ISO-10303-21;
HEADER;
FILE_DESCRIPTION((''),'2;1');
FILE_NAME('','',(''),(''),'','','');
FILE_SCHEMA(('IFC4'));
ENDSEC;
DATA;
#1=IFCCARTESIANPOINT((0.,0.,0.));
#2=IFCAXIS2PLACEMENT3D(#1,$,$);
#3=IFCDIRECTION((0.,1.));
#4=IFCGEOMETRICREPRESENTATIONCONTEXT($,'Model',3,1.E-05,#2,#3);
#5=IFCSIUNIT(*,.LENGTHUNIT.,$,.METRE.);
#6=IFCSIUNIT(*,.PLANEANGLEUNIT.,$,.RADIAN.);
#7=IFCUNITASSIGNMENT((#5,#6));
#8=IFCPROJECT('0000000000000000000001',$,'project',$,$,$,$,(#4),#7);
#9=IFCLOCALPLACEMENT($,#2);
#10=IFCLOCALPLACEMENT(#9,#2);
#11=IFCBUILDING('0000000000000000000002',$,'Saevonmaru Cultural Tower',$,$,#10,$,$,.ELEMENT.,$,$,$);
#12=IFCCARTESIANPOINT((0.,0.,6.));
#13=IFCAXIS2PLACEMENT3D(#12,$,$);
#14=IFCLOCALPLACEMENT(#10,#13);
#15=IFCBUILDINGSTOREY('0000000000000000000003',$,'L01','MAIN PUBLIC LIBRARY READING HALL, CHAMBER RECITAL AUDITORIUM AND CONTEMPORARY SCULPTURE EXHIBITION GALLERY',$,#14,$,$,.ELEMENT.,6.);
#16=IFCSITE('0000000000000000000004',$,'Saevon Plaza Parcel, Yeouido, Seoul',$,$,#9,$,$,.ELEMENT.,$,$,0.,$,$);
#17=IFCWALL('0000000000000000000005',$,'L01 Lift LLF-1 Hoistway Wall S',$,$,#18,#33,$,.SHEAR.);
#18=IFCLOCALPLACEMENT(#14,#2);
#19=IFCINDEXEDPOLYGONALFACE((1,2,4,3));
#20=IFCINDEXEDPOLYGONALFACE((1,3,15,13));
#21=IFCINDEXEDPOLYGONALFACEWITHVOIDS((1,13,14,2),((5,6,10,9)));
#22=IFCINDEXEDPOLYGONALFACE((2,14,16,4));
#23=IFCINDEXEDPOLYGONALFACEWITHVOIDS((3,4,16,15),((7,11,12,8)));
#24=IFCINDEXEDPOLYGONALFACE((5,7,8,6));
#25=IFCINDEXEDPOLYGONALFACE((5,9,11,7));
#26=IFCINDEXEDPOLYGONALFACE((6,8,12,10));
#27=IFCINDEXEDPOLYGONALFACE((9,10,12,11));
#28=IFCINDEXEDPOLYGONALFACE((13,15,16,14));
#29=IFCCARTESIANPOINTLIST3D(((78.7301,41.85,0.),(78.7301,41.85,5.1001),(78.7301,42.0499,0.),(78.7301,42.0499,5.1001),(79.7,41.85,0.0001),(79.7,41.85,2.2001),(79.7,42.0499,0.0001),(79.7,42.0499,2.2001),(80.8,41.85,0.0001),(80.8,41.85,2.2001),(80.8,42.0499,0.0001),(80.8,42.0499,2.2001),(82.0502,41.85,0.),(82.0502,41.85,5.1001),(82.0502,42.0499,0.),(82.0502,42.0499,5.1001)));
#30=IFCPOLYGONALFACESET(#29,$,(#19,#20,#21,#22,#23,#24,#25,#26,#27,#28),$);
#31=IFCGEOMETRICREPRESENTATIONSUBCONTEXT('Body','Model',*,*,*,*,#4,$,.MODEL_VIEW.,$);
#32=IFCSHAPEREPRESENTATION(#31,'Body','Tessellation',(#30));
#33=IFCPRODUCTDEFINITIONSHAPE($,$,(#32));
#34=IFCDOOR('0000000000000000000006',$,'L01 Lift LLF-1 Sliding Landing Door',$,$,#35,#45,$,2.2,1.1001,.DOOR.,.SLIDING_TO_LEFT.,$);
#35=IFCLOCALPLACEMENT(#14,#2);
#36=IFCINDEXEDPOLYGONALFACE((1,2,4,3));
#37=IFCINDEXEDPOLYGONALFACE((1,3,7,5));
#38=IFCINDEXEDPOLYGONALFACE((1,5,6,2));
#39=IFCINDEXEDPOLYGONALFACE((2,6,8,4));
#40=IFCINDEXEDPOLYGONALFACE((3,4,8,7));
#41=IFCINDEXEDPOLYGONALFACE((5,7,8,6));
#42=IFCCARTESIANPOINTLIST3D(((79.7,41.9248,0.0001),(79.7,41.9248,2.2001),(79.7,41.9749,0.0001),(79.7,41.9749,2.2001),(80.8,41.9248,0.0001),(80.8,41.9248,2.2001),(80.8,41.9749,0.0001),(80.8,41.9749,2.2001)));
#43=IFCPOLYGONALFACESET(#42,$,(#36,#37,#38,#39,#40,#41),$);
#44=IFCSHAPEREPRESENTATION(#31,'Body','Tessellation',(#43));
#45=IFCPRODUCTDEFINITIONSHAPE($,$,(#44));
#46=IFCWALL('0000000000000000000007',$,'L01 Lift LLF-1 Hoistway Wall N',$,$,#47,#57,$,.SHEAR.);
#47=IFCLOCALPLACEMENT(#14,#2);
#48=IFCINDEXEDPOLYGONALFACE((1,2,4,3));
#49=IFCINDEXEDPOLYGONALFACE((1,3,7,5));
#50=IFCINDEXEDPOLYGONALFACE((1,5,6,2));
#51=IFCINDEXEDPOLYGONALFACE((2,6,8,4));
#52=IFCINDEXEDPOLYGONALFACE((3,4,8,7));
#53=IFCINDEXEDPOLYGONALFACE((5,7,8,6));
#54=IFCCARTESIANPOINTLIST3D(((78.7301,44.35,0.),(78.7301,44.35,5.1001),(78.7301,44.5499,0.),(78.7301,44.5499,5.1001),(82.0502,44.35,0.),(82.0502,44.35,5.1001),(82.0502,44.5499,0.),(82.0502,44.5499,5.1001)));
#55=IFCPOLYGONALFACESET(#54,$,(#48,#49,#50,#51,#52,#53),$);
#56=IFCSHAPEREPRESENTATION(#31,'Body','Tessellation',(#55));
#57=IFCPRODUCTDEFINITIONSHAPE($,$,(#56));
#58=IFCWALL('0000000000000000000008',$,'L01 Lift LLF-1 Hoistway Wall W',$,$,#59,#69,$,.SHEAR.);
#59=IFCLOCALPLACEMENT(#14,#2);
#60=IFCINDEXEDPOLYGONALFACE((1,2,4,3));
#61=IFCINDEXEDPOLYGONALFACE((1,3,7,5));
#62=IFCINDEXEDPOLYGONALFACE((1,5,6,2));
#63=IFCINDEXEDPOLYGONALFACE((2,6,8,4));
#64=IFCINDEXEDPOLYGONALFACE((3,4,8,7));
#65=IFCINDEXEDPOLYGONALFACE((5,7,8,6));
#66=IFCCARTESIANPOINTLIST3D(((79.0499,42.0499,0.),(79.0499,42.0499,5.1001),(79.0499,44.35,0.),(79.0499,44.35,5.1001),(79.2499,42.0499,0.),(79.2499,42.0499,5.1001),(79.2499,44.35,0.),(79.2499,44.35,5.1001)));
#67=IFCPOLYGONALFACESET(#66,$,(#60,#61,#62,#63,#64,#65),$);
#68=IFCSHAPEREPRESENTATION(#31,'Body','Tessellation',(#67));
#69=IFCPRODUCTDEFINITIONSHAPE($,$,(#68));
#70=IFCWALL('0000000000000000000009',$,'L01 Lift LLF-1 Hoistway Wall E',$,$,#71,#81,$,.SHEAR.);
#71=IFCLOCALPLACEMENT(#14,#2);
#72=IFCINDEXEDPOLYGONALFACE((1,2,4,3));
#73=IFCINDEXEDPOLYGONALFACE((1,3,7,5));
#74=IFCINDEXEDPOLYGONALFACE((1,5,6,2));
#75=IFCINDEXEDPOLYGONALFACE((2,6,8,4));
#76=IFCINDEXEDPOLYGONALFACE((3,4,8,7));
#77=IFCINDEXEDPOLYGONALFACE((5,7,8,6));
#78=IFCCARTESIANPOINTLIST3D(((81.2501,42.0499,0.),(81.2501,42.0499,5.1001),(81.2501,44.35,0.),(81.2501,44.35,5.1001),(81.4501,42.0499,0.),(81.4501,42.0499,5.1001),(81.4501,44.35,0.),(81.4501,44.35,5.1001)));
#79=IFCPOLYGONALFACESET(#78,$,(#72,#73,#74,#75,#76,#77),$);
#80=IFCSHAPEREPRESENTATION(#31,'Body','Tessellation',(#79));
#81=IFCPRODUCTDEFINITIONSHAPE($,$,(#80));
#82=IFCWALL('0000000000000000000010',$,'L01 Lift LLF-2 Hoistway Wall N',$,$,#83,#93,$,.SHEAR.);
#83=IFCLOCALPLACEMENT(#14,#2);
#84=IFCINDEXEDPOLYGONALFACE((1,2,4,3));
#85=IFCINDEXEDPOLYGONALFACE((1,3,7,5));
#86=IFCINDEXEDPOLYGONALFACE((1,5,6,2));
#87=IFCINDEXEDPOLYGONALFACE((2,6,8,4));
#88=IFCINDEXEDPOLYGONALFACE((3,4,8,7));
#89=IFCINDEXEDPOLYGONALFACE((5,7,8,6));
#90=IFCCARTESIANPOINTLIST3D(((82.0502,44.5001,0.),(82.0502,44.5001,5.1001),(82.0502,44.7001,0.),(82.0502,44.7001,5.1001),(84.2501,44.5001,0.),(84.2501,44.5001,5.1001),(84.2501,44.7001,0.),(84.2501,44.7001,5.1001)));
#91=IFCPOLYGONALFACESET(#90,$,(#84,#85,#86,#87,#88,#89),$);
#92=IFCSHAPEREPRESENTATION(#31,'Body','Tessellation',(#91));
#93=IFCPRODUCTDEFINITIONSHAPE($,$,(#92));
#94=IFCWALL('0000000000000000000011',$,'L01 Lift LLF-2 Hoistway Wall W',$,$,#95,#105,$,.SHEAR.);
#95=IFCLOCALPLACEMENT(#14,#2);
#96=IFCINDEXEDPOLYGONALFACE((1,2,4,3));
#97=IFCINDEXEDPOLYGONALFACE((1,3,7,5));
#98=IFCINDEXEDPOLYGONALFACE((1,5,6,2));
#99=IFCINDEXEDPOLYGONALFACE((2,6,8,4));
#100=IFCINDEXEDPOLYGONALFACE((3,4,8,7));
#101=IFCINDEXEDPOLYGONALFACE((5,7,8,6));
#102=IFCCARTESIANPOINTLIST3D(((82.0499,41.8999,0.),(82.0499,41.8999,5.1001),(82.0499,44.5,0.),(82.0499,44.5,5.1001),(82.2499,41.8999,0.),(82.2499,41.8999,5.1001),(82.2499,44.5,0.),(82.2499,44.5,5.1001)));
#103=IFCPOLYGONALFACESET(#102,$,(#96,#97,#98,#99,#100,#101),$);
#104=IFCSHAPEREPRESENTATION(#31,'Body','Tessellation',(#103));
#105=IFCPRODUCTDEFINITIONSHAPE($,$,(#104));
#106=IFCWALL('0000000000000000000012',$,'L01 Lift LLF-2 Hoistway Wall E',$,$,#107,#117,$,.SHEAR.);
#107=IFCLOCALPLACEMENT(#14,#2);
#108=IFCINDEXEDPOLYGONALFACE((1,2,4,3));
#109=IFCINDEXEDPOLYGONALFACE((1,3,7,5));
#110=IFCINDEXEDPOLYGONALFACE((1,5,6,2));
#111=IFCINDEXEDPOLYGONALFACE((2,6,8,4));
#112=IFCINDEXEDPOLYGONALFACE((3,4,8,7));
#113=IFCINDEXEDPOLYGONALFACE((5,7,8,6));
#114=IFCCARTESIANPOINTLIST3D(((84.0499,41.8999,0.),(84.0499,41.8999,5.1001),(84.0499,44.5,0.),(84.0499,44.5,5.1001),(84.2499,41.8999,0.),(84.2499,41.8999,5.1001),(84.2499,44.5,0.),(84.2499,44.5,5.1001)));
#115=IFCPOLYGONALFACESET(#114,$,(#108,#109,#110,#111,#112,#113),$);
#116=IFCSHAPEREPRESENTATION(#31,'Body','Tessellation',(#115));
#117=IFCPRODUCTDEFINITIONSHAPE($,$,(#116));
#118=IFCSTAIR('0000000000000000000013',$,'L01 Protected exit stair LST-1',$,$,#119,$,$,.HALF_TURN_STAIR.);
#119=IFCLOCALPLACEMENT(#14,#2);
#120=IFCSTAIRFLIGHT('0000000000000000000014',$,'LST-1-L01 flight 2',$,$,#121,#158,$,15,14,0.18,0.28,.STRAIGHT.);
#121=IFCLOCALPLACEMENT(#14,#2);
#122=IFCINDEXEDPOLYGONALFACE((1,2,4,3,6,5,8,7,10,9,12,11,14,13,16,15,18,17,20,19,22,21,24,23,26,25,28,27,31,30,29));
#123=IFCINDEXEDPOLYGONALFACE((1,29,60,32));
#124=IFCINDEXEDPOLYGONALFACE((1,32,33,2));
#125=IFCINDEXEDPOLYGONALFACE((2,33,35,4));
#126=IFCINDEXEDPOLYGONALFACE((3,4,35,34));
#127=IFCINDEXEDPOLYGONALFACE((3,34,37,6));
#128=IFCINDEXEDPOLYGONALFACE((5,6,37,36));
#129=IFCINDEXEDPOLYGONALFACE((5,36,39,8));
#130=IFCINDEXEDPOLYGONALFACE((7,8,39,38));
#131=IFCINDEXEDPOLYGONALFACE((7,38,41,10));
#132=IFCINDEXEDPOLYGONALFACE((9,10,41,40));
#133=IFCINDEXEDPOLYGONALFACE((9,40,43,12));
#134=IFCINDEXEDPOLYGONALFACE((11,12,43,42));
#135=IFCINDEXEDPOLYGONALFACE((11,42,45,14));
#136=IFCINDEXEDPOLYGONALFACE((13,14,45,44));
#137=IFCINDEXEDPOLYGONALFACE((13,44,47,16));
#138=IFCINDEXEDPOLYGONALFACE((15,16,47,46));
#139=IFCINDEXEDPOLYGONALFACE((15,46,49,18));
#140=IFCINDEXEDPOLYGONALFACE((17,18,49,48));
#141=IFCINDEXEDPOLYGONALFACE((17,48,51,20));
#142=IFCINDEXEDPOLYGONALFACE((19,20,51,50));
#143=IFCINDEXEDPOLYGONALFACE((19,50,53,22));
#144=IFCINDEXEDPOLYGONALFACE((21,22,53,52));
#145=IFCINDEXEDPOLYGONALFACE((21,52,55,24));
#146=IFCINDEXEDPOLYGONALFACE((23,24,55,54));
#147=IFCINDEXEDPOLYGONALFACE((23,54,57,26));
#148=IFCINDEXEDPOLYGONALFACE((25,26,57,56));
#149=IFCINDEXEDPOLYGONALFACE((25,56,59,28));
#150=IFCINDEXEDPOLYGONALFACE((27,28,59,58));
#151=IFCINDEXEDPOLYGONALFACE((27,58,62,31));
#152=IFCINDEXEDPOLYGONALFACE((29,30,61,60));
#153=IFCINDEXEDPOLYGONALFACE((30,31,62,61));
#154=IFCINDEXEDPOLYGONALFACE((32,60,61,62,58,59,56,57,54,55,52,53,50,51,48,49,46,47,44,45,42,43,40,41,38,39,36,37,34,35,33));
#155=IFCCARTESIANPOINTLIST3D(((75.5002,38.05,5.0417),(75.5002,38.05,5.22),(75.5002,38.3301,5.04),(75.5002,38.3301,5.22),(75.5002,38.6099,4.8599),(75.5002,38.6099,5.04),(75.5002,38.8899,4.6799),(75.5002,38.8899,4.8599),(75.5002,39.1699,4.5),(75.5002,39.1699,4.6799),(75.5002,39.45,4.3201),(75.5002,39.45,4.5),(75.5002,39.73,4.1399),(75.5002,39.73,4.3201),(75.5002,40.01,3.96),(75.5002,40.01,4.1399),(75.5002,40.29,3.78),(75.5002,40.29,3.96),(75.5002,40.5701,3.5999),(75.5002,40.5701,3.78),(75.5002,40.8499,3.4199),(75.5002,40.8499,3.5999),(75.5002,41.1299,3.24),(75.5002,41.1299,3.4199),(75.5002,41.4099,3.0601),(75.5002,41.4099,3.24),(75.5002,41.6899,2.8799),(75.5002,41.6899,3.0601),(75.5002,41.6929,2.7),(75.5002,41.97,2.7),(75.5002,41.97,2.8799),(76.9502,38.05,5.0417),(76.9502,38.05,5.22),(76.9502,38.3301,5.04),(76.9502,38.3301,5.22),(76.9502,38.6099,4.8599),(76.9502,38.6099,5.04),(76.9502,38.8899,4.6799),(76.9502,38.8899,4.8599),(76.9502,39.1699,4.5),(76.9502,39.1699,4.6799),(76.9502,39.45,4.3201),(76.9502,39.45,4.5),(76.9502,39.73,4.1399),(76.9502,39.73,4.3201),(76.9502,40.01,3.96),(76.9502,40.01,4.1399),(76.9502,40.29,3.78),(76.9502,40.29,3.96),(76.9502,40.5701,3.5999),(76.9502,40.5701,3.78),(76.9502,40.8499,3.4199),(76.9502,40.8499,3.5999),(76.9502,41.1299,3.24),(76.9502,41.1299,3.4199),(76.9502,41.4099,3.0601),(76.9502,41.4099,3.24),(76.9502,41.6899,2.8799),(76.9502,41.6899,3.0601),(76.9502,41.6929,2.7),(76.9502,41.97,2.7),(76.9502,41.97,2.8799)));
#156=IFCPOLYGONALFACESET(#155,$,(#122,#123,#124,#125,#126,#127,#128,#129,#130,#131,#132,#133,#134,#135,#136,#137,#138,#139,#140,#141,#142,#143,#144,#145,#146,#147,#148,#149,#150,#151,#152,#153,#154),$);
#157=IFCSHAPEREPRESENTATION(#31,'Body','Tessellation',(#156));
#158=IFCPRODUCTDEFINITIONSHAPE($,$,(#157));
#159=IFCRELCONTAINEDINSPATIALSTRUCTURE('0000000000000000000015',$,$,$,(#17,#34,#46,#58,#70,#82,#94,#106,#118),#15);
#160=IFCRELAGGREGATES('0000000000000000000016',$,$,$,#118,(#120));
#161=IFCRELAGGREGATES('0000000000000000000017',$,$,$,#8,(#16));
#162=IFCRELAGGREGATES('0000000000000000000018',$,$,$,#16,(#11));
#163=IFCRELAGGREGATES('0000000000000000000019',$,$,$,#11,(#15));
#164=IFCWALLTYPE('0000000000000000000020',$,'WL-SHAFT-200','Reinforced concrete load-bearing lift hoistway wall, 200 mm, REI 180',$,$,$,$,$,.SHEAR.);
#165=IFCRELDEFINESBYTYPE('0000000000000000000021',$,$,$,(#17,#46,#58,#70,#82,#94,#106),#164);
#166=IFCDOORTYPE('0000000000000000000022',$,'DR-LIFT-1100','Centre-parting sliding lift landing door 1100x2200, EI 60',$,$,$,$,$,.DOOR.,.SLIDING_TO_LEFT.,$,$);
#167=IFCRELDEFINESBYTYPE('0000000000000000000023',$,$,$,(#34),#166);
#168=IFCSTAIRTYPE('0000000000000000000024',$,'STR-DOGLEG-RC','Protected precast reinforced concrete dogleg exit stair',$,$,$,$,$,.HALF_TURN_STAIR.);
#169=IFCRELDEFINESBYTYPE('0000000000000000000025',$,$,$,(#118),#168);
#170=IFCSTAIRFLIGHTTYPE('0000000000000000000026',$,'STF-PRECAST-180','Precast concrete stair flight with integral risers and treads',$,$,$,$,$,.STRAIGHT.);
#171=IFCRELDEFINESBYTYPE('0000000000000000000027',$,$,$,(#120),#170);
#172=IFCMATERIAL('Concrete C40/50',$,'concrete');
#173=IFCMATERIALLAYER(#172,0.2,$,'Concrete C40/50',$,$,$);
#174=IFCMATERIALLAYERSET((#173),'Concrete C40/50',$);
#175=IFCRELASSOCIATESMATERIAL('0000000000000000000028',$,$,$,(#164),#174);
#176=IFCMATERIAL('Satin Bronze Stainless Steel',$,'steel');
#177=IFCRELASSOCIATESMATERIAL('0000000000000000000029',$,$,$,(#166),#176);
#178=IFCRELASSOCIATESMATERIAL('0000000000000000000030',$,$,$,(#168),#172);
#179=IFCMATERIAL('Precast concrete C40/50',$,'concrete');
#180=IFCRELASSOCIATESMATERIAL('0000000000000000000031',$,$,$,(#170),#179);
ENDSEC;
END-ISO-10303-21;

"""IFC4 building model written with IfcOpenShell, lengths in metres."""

from ifc_helpers import new_model, si_unit, direction, frame, frame_2d, origin, place, context, subcontext, project, spatial, polyline, rectangle, outline, extrude, material, layer, layer_set, type_object, element, fill, aggregate, save


model = new_model("IFC4")

# Units and contexts
model_context = context("Model", 3, precision=1e-05, world=origin(), true_north=direction((0.0, 1.0)))
body_context = subcontext(model_context, "Body", "Model", "MODEL_VIEW")
ifc_project = project(units=[si_unit("LENGTHUNIT", "METRE"), si_unit("PLANEANGLEUNIT", "RADIAN")], contexts=[model_context])

# Site, building, storey
site_placement = place(None, origin())
site = spatial("IfcSite", under=ifc_project, at=site_placement, Name="Saevon Plaza Parcel, Yeouido, Seoul", CompositionType="ELEMENT", RefElevation=0.0)
building_placement = place(site_placement, origin())
building = spatial("IfcBuilding", under=site, at=building_placement, Name="Saevonmaru Cultural Tower", CompositionType="ELEMENT")
storey_placement = place(building_placement, frame((0.0, 0.0, 6.0)))
storey = spatial("IfcBuildingStorey", under=building, at=storey_placement, Name="L01", Description="MAIN PUBLIC LIBRARY READING HALL, CHAMBER RECITAL AUDITORIUM AND CONTEMPORARY SCULPTURE EXHIBITION GALLERY", CompositionType="ELEMENT", Elevation=6.0)

# Wall, opening, door
ifc_material_1 = material(Name="Concrete C40/50", Category="concrete")
ifc_layer_1 = layer(ifc_material_1, 0.2, Name="Concrete C40/50")
ifc_layer_set_1 = layer_set([ifc_layer_1], Name="Concrete C40/50")
wall_type_1 = type_object("IfcWallType", Name="WL-SHAFT-200", Description="Reinforced concrete load-bearing lift hoistway wall, 200 mm, REI 180", PredefinedType="SHEAR", material=ifc_layer_set_1)
wall_1_placement = place(storey_placement, frame((78.73, 41.95, 0.0), z_axis=(0.0, 0.0, 1.0), x_axis=(1.0, 0.0, 0.0)))
wall_1 = element("IfcWall", 1, at=wall_1_placement, inside=storey, type_object=wall_type_1, Name="L01 Lift LLF-1 Hoistway Wall S", PredefinedType="SHEAR", context=body_context, shape_type="SweptSolid", body=[
    extrude(rectangle(XDim=3.3201, YDim=0.2, at=frame_2d((1.6602, 0.0))), origin(), (0.0, 0.0, 1.0), 5.1001),
])
opening_placement = place(wall_1_placement, frame((0.97, 0.0, 0.0)))
opening = element("IfcOpeningElement", 2, at=opening_placement, cuts=wall_1, PredefinedType="OPENING", context=body_context, shape_type="SweptSolid", body=[
    extrude(rectangle(XDim=1.1001, YDim=2.2, at=frame_2d((0.55, 1.1001))), frame((0.0, 0.1099, 0.0), z_axis=(0.0, -1.0, 0.0), x_axis=(1.0, 0.0, 0.0)), (0.0, 0.0, 1.0), 0.22),
])
ifc_material_2 = material(Name="Satin Bronze Stainless Steel", Category="steel")
door_type = type_object("IfcDoorType", Name="DR-LIFT-1100", Description="Centre-parting sliding lift landing door 1100x2200, EI 60", OperationType="SLIDING_TO_LEFT", PredefinedType="DOOR", material=ifc_material_2)
door_placement = place(opening_placement, origin())
door = element("IfcDoor", 3, at=door_placement, inside=storey, type_object=door_type, Name="L01 Lift LLF-1 Sliding Landing Door", OperationType="SLIDING_TO_LEFT", OverallHeight=2.2, OverallWidth=1.1001, PredefinedType="DOOR", context=body_context, shape_type="SweptSolid", body=[
    extrude(rectangle(XDim=1.1001, YDim=2.2, at=frame_2d((0.55, 1.1001))), frame((0.0, 0.0249, 0.0), z_axis=(0.0, -1.0, 0.0), x_axis=(1.0, 0.0, 0.0)), (0.0, 0.0, 1.0), 0.05),
])
fill(opening, door)

# Walls
wall_2_placement = place(storey_placement, frame((78.73, 44.45, 0.0), z_axis=(0.0, 0.0, 1.0), x_axis=(1.0, 0.0, 0.0)))
element("IfcWall", 4, at=wall_2_placement, inside=storey, type_object=wall_type_1, Name="L01 Lift LLF-1 Hoistway Wall N", PredefinedType="SHEAR", context=body_context, shape_type="SweptSolid", body=[
    extrude(rectangle(XDim=3.3201, YDim=0.2, at=frame_2d((1.6602, 0.0))), origin(), (0.0, 0.0, 1.0), 5.1001),
])
for number, where, z_axis, x_axis, name in (
    (5, (79.1499, 42.05, 0.0), (0.0, 0.0, 1.0), (0.0, 1.0, 0.0), "L01 Lift LLF-1 Hoistway Wall W"),
    (6, (81.3501, 42.05, 0.0), (0.0, 0.0, 1.0), (0.0, 1.0, 0.0), "L01 Lift LLF-1 Hoistway Wall E"),
):
    element("IfcWall", number, at=place(storey_placement, frame(where, z_axis=z_axis, x_axis=x_axis)), inside=storey, type_object=wall_type_1, Name=name, PredefinedType="SHEAR", context=body_context, shape_type="SweptSolid", body=[
        extrude(rectangle(XDim=2.3, YDim=0.2, at=frame_2d((1.1499, 0.0))), origin(), (0.0, 0.0, 1.0), 5.1001),
    ])
wall_3_placement = place(storey_placement, frame((82.05, 44.6001, 0.0), z_axis=(0.0, 0.0, 1.0), x_axis=(1.0, 0.0, 0.0)))
element("IfcWall", 7, at=wall_3_placement, inside=storey, type_object=wall_type_1, Name="L01 Lift LLF-2 Hoistway Wall N", PredefinedType="SHEAR", context=body_context, shape_type="SweptSolid", body=[
    extrude(rectangle(XDim=2.2, YDim=0.2, at=frame_2d((1.1001, 0.0))), origin(), (0.0, 0.0, 1.0), 5.1001),
])
for number, where, z_axis, x_axis, name in (
    (8, (82.1499, 41.8999, 0.0), (0.0, 0.0, 1.0), (0.0, 1.0, 0.0), "L01 Lift LLF-2 Hoistway Wall W"),
    (9, (84.1499, 41.8999, 0.0), (0.0, 0.0, 1.0), (0.0, 1.0, 0.0), "L01 Lift LLF-2 Hoistway Wall E"),
):
    element("IfcWall", number, at=place(storey_placement, frame(where, z_axis=z_axis, x_axis=x_axis)), inside=storey, type_object=wall_type_1, Name=name, PredefinedType="SHEAR", context=body_context, shape_type="SweptSolid", body=[
        extrude(rectangle(XDim=2.6001, YDim=0.2, at=frame_2d((1.3, 0.0))), origin(), (0.0, 0.0, 1.0), 5.1001),
    ])

# Stair, stair flight
stair_type = type_object("IfcStairType", Name="STR-DOGLEG-RC", Description="Protected precast reinforced concrete dogleg exit stair", PredefinedType="HALF_TURN_STAIR", material=ifc_material_1)
stair_placement = place(storey_placement, origin())
stair = element("IfcStair", 10, at=stair_placement, inside=storey, type_object=stair_type, Name="L01 Protected exit stair LST-1", PredefinedType="HALF_TURN_STAIR")
ifc_material_3 = material(Name="Precast concrete C40/50", Category="concrete")
stair_flight_type = type_object("IfcStairFlightType", Name="STF-PRECAST-180", Description="Precast concrete stair flight with integral risers and treads", PredefinedType="STRAIGHT", material=ifc_material_3)
stair_flight_placement = place(storey_placement, frame((76.2251, 41.97, 2.7), z_axis=(0.0, 0.0, 1.0), x_axis=(0.0, -1.0, 0.0)))
stair_flight = element("IfcStairFlight", 11, at=stair_flight_placement, type_object=stair_flight_type, Name="LST-1-L01 flight 2", NumberOfRisers=15, NumberOfTreads=14, PredefinedType="STRAIGHT", RiserHeight=0.18, TreadLength=0.28, context=body_context, shape_type="SweptSolid", body=[
    extrude(outline(polyline([(0.0, 0.0), (0.0, 0.1799), (0.28, 0.1799), (0.28, 0.3601), (0.5601, 0.3601), (0.5601, 0.54), (0.8401, 0.54), (0.8401, 0.72), (1.1201, 0.72), (1.1201, 0.8999), (1.3999, 0.8999), (1.3999, 1.0801), (1.6799, 1.0801), (1.6799, 1.26), (1.96, 1.26), (1.96, 1.4399), (2.24, 1.4399), (2.24, 1.6201), (2.52, 1.6201), (2.52, 1.8), (2.8, 1.8), (2.8, 1.98), (3.0801, 1.98), (3.0801, 2.1599), (3.3601, 2.1599), (3.3601, 2.3401), (3.6399, 2.3401), (3.6399, 2.52), (3.9199, 2.52), (3.9199, 2.7), (3.9199, 2.3418), (0.2771, 0.0), (0.0, 0.0)])), frame((0.0, 0.7251, 0.0), z_axis=(0.0, -1.0, 0.0), x_axis=(1.0, 0.0, 0.0)), (0.0, 0.0, 1.0), 1.45),
])
aggregate(stair, [stair_flight])

save(model, "model.ifc")
